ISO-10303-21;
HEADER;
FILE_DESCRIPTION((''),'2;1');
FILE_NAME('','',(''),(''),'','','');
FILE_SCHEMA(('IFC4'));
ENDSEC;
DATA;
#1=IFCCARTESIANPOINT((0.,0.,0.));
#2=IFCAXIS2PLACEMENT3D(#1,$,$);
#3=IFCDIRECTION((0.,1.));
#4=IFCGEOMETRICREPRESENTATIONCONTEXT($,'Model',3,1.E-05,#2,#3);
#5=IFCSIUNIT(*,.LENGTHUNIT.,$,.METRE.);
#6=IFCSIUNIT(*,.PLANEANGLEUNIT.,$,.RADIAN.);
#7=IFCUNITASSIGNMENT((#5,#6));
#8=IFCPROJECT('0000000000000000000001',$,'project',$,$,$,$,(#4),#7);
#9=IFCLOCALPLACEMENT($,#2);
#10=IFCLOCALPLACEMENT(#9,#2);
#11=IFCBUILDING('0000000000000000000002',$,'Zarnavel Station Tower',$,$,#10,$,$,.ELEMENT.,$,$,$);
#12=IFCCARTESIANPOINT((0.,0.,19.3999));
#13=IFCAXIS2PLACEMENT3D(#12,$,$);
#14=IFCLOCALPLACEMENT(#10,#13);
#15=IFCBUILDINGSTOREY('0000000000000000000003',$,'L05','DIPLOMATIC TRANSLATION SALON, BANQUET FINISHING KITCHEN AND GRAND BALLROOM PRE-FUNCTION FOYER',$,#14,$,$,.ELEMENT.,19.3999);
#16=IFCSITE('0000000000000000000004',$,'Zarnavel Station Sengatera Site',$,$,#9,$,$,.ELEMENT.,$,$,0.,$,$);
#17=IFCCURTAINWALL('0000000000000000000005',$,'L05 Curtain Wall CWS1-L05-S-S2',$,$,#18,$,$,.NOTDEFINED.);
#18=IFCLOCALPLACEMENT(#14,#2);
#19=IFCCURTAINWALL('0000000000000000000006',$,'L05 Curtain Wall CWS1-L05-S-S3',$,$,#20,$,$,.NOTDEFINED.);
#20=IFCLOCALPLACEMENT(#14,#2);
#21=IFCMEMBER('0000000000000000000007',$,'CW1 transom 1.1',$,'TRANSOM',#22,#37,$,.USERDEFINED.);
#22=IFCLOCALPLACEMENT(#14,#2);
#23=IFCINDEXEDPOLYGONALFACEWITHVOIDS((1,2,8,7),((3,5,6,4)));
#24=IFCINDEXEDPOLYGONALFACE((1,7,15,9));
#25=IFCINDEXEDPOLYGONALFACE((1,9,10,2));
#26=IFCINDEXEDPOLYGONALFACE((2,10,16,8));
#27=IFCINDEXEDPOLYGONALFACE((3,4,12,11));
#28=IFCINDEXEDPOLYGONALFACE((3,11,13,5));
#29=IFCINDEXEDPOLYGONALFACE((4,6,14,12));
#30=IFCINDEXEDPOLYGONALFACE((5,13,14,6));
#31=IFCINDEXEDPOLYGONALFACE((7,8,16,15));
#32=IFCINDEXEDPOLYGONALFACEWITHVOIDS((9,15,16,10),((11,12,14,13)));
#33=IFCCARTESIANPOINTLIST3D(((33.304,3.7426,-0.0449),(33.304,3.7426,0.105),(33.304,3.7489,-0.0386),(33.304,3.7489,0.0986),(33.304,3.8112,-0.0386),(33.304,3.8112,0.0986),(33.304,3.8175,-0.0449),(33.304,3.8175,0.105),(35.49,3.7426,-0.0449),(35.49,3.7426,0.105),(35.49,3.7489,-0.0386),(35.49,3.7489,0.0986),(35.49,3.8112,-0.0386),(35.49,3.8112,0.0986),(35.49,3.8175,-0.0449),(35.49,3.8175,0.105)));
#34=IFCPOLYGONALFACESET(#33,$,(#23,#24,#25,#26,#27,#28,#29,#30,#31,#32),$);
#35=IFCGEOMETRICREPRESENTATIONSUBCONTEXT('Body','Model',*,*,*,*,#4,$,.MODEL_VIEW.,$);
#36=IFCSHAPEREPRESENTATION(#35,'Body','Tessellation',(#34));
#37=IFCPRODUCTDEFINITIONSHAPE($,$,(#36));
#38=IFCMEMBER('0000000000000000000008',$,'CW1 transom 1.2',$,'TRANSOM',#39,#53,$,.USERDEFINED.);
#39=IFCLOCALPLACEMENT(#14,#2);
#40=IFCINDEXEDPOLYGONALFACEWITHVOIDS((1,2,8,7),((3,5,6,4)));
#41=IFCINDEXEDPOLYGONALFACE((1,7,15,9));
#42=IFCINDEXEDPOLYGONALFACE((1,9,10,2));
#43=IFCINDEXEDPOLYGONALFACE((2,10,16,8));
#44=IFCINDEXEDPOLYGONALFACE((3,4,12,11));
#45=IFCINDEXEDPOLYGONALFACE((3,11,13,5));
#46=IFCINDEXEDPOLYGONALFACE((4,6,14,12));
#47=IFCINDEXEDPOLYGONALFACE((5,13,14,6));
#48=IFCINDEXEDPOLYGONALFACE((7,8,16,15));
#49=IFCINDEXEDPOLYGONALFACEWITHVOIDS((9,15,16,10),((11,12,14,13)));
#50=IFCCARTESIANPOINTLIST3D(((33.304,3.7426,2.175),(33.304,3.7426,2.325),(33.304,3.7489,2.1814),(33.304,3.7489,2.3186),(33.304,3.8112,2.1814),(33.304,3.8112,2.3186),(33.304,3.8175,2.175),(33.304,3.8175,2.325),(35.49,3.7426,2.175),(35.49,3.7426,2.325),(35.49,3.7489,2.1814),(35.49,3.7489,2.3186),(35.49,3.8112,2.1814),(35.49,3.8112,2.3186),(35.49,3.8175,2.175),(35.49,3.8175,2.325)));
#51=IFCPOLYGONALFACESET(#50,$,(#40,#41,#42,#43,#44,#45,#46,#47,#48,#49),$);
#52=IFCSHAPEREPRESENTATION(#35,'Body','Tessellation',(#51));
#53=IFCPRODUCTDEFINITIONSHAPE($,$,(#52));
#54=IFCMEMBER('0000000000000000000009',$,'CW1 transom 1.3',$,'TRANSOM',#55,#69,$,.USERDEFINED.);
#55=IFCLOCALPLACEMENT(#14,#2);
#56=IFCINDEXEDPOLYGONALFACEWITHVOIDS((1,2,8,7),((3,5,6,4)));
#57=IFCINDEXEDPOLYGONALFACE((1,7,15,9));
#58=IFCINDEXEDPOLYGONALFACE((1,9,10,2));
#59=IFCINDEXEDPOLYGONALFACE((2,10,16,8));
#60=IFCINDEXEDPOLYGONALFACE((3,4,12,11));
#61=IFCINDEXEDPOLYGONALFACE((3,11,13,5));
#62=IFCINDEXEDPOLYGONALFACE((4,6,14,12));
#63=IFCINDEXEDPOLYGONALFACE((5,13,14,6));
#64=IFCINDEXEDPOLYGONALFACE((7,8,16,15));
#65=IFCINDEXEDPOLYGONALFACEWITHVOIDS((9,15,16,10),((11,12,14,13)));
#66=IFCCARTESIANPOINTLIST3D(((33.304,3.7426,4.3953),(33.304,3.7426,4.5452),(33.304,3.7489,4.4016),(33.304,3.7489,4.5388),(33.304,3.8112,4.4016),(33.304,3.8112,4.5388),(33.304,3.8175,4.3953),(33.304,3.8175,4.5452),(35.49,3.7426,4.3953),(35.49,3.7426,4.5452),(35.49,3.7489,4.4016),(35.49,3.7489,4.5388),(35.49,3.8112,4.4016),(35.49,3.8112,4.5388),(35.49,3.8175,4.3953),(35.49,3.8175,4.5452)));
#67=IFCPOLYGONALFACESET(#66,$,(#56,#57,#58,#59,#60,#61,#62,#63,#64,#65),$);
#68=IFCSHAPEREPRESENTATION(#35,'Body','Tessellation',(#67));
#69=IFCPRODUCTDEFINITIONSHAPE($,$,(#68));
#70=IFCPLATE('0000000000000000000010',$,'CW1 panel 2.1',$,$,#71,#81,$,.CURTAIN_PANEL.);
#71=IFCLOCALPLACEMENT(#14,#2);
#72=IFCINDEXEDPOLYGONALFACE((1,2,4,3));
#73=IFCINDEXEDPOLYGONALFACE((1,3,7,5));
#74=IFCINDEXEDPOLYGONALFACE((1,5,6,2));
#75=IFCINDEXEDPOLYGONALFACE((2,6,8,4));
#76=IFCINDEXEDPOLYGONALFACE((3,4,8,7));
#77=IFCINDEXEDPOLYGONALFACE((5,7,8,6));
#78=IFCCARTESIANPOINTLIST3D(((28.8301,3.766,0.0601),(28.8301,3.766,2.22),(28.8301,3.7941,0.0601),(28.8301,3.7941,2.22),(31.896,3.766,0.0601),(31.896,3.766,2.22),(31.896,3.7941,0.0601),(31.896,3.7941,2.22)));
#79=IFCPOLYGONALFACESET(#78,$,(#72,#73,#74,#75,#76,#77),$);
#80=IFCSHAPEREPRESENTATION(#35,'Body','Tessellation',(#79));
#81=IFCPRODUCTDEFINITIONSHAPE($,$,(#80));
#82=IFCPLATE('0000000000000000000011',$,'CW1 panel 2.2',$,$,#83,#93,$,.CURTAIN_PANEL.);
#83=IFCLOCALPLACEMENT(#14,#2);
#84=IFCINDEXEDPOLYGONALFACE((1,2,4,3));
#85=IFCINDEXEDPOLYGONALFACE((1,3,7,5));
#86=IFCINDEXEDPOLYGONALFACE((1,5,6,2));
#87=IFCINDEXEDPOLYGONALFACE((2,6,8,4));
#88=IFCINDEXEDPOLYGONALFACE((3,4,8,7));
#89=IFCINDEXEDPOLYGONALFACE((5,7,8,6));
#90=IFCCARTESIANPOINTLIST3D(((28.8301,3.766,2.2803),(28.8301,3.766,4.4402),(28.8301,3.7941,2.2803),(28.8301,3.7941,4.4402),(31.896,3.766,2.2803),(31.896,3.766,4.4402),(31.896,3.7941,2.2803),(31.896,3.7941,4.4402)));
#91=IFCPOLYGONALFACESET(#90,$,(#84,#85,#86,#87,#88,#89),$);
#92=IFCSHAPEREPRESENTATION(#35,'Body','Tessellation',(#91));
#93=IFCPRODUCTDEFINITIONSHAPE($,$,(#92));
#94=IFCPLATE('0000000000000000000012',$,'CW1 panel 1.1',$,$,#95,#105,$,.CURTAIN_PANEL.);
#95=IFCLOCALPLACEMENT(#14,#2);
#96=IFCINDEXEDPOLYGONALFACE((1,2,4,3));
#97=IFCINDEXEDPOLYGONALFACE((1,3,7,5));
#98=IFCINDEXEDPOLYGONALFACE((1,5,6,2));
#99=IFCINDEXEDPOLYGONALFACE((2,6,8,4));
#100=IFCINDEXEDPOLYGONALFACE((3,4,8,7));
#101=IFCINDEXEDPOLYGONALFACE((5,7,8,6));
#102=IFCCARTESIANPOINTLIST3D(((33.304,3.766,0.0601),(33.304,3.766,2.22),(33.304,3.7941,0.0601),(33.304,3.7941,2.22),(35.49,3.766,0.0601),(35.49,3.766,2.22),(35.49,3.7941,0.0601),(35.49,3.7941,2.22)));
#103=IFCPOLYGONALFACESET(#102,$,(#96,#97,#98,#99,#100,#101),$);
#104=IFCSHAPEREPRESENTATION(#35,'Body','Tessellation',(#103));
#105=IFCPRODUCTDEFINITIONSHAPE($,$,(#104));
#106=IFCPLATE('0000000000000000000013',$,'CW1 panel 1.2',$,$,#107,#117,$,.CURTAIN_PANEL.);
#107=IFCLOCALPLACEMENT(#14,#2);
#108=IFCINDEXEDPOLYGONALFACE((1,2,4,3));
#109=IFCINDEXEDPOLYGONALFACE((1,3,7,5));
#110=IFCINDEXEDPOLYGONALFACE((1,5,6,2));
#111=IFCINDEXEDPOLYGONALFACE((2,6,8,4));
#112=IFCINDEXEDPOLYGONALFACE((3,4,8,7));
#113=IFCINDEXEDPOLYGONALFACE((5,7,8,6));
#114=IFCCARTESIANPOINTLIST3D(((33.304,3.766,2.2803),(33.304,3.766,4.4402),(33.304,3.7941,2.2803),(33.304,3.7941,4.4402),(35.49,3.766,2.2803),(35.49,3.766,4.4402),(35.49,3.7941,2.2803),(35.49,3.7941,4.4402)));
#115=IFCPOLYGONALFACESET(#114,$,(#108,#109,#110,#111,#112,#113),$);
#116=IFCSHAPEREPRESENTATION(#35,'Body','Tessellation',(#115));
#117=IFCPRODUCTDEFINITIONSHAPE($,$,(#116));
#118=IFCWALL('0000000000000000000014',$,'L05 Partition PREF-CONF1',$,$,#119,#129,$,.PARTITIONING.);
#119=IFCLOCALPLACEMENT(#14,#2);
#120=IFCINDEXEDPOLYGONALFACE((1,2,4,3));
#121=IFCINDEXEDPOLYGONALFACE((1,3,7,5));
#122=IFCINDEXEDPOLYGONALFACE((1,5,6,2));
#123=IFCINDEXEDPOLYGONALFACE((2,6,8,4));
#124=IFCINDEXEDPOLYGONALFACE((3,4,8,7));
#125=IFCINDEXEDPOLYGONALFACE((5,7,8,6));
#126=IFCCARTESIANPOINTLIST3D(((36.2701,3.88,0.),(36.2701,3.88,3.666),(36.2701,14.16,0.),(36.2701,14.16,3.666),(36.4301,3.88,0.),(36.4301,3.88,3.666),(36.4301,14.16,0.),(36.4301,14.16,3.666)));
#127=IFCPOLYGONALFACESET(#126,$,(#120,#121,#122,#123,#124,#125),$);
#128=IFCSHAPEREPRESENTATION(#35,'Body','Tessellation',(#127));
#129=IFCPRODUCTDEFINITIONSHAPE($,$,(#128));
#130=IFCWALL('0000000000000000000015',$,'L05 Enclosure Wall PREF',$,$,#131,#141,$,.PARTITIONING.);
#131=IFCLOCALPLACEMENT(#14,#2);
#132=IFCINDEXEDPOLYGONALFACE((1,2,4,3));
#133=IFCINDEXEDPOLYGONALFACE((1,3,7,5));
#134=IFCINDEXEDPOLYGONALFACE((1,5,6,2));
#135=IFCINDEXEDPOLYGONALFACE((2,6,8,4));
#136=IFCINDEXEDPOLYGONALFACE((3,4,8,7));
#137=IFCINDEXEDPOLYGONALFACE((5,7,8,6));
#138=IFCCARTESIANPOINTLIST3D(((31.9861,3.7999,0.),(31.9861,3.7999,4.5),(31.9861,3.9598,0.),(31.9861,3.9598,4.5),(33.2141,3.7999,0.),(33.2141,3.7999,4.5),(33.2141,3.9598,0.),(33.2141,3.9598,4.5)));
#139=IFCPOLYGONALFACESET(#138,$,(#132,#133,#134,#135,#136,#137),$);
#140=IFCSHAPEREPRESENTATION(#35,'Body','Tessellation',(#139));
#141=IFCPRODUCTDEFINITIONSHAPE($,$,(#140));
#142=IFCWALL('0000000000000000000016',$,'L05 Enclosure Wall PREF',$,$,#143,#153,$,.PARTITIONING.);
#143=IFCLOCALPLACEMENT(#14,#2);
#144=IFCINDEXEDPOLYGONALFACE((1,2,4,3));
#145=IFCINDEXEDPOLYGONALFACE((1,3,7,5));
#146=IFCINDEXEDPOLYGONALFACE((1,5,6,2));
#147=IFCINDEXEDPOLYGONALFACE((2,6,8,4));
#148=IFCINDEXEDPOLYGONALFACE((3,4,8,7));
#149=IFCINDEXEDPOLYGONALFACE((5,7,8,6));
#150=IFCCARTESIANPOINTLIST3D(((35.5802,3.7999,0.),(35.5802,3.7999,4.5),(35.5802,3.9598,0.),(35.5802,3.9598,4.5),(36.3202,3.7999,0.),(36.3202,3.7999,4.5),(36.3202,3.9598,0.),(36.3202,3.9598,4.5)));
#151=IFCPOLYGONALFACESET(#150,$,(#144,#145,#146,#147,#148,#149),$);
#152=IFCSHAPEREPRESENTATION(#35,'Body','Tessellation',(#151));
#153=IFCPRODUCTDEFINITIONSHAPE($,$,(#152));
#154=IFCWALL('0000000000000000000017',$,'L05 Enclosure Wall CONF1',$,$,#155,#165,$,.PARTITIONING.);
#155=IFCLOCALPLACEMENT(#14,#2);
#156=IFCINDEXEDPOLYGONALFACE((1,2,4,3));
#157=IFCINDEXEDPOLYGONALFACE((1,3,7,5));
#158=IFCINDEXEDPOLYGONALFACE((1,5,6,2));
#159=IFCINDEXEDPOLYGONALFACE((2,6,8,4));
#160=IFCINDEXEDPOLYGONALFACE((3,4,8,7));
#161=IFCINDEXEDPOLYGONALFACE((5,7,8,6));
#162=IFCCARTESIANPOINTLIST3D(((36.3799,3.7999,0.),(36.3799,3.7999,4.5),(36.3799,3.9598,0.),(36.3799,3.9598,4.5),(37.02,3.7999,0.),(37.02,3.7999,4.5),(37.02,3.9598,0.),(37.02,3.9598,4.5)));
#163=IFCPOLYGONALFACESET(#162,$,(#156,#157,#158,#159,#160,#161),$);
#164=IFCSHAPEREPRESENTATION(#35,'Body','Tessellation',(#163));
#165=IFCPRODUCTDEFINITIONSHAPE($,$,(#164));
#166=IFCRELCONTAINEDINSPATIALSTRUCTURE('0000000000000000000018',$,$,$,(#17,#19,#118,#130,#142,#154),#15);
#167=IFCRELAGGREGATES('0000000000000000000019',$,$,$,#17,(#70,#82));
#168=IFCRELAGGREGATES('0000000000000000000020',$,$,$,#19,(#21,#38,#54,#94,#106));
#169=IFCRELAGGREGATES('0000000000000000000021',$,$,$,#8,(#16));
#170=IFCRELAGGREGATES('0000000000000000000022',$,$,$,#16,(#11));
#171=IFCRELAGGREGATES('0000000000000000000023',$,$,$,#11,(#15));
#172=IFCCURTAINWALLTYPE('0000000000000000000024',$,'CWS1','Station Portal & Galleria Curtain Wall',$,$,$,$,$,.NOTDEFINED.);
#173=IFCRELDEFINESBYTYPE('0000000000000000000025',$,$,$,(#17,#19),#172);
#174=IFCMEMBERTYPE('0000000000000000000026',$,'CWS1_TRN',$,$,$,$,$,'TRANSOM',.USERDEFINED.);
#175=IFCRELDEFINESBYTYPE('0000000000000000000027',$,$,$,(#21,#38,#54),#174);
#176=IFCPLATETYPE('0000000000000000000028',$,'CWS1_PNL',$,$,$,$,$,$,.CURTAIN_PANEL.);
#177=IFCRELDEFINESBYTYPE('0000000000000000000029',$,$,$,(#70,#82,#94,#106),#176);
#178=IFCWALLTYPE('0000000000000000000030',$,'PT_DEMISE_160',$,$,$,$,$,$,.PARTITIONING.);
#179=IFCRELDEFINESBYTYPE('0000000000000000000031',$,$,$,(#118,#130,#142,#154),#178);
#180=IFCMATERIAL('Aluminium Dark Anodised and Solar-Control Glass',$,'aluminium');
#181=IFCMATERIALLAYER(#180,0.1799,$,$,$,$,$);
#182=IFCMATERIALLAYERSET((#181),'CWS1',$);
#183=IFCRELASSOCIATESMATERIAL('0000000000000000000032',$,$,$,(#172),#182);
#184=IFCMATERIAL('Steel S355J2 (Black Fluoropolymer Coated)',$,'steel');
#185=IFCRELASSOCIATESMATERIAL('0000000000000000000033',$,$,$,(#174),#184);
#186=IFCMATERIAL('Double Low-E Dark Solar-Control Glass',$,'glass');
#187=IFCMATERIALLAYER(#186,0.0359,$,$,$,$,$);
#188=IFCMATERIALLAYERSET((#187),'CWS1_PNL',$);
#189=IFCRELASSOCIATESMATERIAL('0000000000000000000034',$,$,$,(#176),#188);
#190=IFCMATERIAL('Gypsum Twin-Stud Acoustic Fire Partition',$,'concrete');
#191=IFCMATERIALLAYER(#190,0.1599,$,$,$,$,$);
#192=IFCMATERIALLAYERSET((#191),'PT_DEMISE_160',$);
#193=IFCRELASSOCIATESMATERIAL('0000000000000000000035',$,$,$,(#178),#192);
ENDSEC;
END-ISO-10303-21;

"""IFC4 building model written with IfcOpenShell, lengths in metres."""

from ifc_helpers import new_model, si_unit, direction, frame, frame_2d, origin, origin_2d, place, context, subcontext, project, spatial, rectangle, hollow_rectangle, extrude, material, layer, layer_set, material_profile, profile_set, type_object, element, aggregate, save


model = new_model("IFC4")

# Units and contexts
model_context = context("Model", 3, precision=1e-05, world=origin(), true_north=direction((0.0, 1.0)))
body_context = subcontext(model_context, "Body", "Model", "MODEL_VIEW")
ifc_project = project(units=[si_unit("LENGTHUNIT", "METRE"), si_unit("PLANEANGLEUNIT", "RADIAN")], contexts=[model_context])

# Site, building, storey
site_placement = place(None, origin())
site = spatial("IfcSite", under=ifc_project, at=site_placement, Name="Zarnavel Station Sengatera Site", CompositionType="ELEMENT", RefElevation=0.0)
building_placement = place(site_placement, origin())
building = spatial("IfcBuilding", under=site, at=building_placement, Name="Zarnavel Station Tower", CompositionType="ELEMENT")
storey_placement = place(building_placement, frame((0.0, 0.0, 19.3999)))
storey = spatial("IfcBuildingStorey", under=building, at=storey_placement, Name="L05", Description="DIPLOMATIC TRANSLATION SALON, BANQUET FINISHING KITCHEN AND GRAND BALLROOM PRE-FUNCTION FOYER", CompositionType="ELEMENT", Elevation=19.3999)

# Curtain walls
ifc_material_1 = material(Name="Aluminium Dark Anodised and Solar-Control Glass", Category="aluminium")
ifc_layer_1 = layer(ifc_material_1, 0.1799)
ifc_layer_set_1 = layer_set([ifc_layer_1], Name="CWS1")
curtain_wall_type = type_object("IfcCurtainWallType", Name="CWS1", Description="Station Portal & Galleria Curtain Wall", PredefinedType="NOTDEFINED", material=ifc_layer_set_1)
curtain_wall_1_placement = place(storey_placement, origin())
curtain_wall_1 = element("IfcCurtainWall", 1, at=curtain_wall_1_placement, inside=storey, type_object=curtain_wall_type, Name="L05 Curtain Wall CWS1-L05-S-S2", PredefinedType="NOTDEFINED")
curtain_wall_2_placement = place(storey_placement, origin())
curtain_wall_2 = element("IfcCurtainWall", 2, at=curtain_wall_2_placement, inside=storey, type_object=curtain_wall_type, Name="L05 Curtain Wall CWS1-L05-S-S3", PredefinedType="NOTDEFINED")

# Members
ifc_material_2 = material(Name="Steel S355J2 (Black Fluoropolymer Coated)", Category="steel")
ifc_material_profile_1 = material_profile(ifc_material_2, hollow_rectangle(XDim=0.075, YDim=0.1499, WallThickness=0.0063, at=origin_2d()), Name="RHS150x75x6.3")
ifc_profile_set_1 = profile_set([ifc_material_profile_1], Name="Steel S355J2 (Black Fluoropolymer Coated)")
member_type_1 = type_object("IfcMemberType", Name="CWS1_TRN", ElementType="TRANSOM", PredefinedType="USERDEFINED", material=ifc_profile_set_1)
member_1_placement = place(storey_placement, frame((33.304, 3.78, 0.03), z_axis=(1.0, 0.0, 0.0), x_axis=(0.0, 1.0, 0.0)))
member_1 = element("IfcMember", 3, at=member_1_placement, type_object=member_type_1, Name="CW1 transom 1.1", ObjectType="TRANSOM", PredefinedType="USERDEFINED", context=body_context, shape_type="SweptSolid", body=[
    extrude(hollow_rectangle(XDim=0.075, YDim=0.1499, WallThickness=0.0063, at=origin_2d()), origin(), (0.0, 0.0, 1.0), 2.186),
])
member_2_placement = place(storey_placement, frame((33.304, 3.78, 2.25), z_axis=(1.0, 0.0, 0.0), x_axis=(0.0, 1.0, 0.0)))
member_2 = element("IfcMember", 4, at=member_2_placement, type_object=member_type_1, Name="CW1 transom 1.2", ObjectType="TRANSOM", PredefinedType="USERDEFINED", context=body_context, shape_type="SweptSolid", body=[
    extrude(hollow_rectangle(XDim=0.075, YDim=0.1499, WallThickness=0.0063, at=origin_2d()), origin(), (0.0, 0.0, 1.0), 2.186),
])
member_3_placement = place(storey_placement, frame((33.304, 3.78, 4.4702), z_axis=(1.0, 0.0, 0.0), x_axis=(0.0, 1.0, 0.0)))
member_3 = element("IfcMember", 5, at=member_3_placement, type_object=member_type_1, Name="CW1 transom 1.3", ObjectType="TRANSOM", PredefinedType="USERDEFINED", context=body_context, shape_type="SweptSolid", body=[
    extrude(hollow_rectangle(XDim=0.075, YDim=0.1499, WallThickness=0.0063, at=origin_2d()), origin(), (0.0, 0.0, 1.0), 2.186),
])

# Plates
ifc_material_3 = material(Name="Double Low-E Dark Solar-Control Glass", Category="glass")
ifc_layer_2 = layer(ifc_material_3, 0.0359)
ifc_layer_set_2 = layer_set([ifc_layer_2], Name="CWS1_PNL")
plate_type = type_object("IfcPlateType", Name="CWS1_PNL", PredefinedType="CURTAIN_PANEL", material=ifc_layer_set_2)
plate_1_placement = place(storey_placement, frame((30.363, 3.78, 0.0601), z_axis=(0.0, 0.0, 1.0), x_axis=(1.0, 0.0, 0.0)))
plate_1 = element("IfcPlate", 6, at=plate_1_placement, type_object=plate_type, Name="CW1 panel 2.1", PredefinedType="CURTAIN_PANEL", context=body_context, shape_type="SweptSolid", body=[
    extrude(rectangle(XDim=3.0659, YDim=0.0281, at=origin_2d()), origin(), (0.0, 0.0, 1.0), 2.1599),
])
plate_2_placement = place(storey_placement, frame((30.363, 3.78, 2.2803), z_axis=(0.0, 0.0, 1.0), x_axis=(1.0, 0.0, 0.0)))
plate_2 = element("IfcPlate", 7, at=plate_2_placement, type_object=plate_type, Name="CW1 panel 2.2", PredefinedType="CURTAIN_PANEL", context=body_context, shape_type="SweptSolid", body=[
    extrude(rectangle(XDim=3.0659, YDim=0.0281, at=origin_2d()), origin(), (0.0, 0.0, 1.0), 2.1599),
])
aggregate(curtain_wall_1, [plate_1, plate_2])
plate_3_placement = place(storey_placement, frame((34.397, 3.78, 0.0601), z_axis=(0.0, 0.0, 1.0), x_axis=(1.0, 0.0, 0.0)))
plate_3 = element("IfcPlate", 8, at=plate_3_placement, type_object=plate_type, Name="CW1 panel 1.1", PredefinedType="CURTAIN_PANEL", context=body_context, shape_type="SweptSolid", body=[
    extrude(rectangle(XDim=2.186, YDim=0.0281, at=origin_2d()), origin(), (0.0, 0.0, 1.0), 2.1599),
])
plate_4_placement = place(storey_placement, frame((34.397, 3.78, 2.2803), z_axis=(0.0, 0.0, 1.0), x_axis=(1.0, 0.0, 0.0)))
plate_4 = element("IfcPlate", 9, at=plate_4_placement, type_object=plate_type, Name="CW1 panel 1.2", PredefinedType="CURTAIN_PANEL", context=body_context, shape_type="SweptSolid", body=[
    extrude(rectangle(XDim=2.186, YDim=0.0281, at=origin_2d()), origin(), (0.0, 0.0, 1.0), 2.1599),
])
aggregate(curtain_wall_2, [member_1, member_2, member_3, plate_3, plate_4])

# Walls
ifc_material_4 = material(Name="Gypsum Twin-Stud Acoustic Fire Partition", Category="concrete")
ifc_layer_3 = layer(ifc_material_4, 0.1599)
ifc_layer_set_3 = layer_set([ifc_layer_3], Name="PT_DEMISE_160")
wall_type = type_object("IfcWallType", Name="PT_DEMISE_160", PredefinedType="PARTITIONING", material=ifc_layer_set_3)
wall_1_placement = place(storey_placement, frame((36.3501, 3.8799, 0.0), z_axis=(0.0, 0.0, 1.0), x_axis=(0.0, 1.0, 0.0)))
element("IfcWall", 10, at=wall_1_placement, inside=storey, type_object=wall_type, Name="L05 Partition PREF-CONF1", PredefinedType="PARTITIONING", context=body_context, shape_type="SweptSolid", body=[
    extrude(rectangle(XDim=10.28, YDim=0.1599, at=frame_2d((5.1401, 0.0))), origin(), (0.0, 0.0, 1.0), 3.666),
])
wall_2_placement = place(storey_placement, frame((31.9861, 3.8799, 0.0), z_axis=(0.0, 0.0, 1.0), x_axis=(1.0, 0.0, 0.0)))
element("IfcWall", 11, at=wall_2_placement, inside=storey, type_object=wall_type, Name="L05 Enclosure Wall PREF", PredefinedType="PARTITIONING", context=body_context, shape_type="SweptSolid", body=[
    extrude(rectangle(XDim=1.228, YDim=0.1599, at=frame_2d((0.614, 0.0))), origin(), (0.0, 0.0, 1.0), 4.5),
])
wall_3_placement = place(storey_placement, frame((35.5801, 3.8799, 0.0), z_axis=(0.0, 0.0, 1.0), x_axis=(1.0, 0.0, 0.0)))
element("IfcWall", 12, at=wall_3_placement, inside=storey, type_object=wall_type, Name="L05 Enclosure Wall PREF", PredefinedType="PARTITIONING", context=body_context, shape_type="SweptSolid", body=[
    extrude(rectangle(XDim=0.74, YDim=0.1599, at=frame_2d((0.3701, 0.0))), origin(), (0.0, 0.0, 1.0), 4.5),
])
wall_4_placement = place(storey_placement, frame((36.3799, 3.8799, 0.0), z_axis=(0.0, 0.0, 1.0), x_axis=(1.0, 0.0, 0.0)))
element("IfcWall", 13, at=wall_4_placement, inside=storey, type_object=wall_type, Name="L05 Enclosure Wall CONF1", PredefinedType="PARTITIONING", context=body_context, shape_type="SweptSolid", body=[
    extrude(rectangle(XDim=0.6401, YDim=0.1599, at=frame_2d((0.3201, 0.0))), origin(), (0.0, 0.0, 1.0), 4.5),
])

save(model, "model.ifc")
